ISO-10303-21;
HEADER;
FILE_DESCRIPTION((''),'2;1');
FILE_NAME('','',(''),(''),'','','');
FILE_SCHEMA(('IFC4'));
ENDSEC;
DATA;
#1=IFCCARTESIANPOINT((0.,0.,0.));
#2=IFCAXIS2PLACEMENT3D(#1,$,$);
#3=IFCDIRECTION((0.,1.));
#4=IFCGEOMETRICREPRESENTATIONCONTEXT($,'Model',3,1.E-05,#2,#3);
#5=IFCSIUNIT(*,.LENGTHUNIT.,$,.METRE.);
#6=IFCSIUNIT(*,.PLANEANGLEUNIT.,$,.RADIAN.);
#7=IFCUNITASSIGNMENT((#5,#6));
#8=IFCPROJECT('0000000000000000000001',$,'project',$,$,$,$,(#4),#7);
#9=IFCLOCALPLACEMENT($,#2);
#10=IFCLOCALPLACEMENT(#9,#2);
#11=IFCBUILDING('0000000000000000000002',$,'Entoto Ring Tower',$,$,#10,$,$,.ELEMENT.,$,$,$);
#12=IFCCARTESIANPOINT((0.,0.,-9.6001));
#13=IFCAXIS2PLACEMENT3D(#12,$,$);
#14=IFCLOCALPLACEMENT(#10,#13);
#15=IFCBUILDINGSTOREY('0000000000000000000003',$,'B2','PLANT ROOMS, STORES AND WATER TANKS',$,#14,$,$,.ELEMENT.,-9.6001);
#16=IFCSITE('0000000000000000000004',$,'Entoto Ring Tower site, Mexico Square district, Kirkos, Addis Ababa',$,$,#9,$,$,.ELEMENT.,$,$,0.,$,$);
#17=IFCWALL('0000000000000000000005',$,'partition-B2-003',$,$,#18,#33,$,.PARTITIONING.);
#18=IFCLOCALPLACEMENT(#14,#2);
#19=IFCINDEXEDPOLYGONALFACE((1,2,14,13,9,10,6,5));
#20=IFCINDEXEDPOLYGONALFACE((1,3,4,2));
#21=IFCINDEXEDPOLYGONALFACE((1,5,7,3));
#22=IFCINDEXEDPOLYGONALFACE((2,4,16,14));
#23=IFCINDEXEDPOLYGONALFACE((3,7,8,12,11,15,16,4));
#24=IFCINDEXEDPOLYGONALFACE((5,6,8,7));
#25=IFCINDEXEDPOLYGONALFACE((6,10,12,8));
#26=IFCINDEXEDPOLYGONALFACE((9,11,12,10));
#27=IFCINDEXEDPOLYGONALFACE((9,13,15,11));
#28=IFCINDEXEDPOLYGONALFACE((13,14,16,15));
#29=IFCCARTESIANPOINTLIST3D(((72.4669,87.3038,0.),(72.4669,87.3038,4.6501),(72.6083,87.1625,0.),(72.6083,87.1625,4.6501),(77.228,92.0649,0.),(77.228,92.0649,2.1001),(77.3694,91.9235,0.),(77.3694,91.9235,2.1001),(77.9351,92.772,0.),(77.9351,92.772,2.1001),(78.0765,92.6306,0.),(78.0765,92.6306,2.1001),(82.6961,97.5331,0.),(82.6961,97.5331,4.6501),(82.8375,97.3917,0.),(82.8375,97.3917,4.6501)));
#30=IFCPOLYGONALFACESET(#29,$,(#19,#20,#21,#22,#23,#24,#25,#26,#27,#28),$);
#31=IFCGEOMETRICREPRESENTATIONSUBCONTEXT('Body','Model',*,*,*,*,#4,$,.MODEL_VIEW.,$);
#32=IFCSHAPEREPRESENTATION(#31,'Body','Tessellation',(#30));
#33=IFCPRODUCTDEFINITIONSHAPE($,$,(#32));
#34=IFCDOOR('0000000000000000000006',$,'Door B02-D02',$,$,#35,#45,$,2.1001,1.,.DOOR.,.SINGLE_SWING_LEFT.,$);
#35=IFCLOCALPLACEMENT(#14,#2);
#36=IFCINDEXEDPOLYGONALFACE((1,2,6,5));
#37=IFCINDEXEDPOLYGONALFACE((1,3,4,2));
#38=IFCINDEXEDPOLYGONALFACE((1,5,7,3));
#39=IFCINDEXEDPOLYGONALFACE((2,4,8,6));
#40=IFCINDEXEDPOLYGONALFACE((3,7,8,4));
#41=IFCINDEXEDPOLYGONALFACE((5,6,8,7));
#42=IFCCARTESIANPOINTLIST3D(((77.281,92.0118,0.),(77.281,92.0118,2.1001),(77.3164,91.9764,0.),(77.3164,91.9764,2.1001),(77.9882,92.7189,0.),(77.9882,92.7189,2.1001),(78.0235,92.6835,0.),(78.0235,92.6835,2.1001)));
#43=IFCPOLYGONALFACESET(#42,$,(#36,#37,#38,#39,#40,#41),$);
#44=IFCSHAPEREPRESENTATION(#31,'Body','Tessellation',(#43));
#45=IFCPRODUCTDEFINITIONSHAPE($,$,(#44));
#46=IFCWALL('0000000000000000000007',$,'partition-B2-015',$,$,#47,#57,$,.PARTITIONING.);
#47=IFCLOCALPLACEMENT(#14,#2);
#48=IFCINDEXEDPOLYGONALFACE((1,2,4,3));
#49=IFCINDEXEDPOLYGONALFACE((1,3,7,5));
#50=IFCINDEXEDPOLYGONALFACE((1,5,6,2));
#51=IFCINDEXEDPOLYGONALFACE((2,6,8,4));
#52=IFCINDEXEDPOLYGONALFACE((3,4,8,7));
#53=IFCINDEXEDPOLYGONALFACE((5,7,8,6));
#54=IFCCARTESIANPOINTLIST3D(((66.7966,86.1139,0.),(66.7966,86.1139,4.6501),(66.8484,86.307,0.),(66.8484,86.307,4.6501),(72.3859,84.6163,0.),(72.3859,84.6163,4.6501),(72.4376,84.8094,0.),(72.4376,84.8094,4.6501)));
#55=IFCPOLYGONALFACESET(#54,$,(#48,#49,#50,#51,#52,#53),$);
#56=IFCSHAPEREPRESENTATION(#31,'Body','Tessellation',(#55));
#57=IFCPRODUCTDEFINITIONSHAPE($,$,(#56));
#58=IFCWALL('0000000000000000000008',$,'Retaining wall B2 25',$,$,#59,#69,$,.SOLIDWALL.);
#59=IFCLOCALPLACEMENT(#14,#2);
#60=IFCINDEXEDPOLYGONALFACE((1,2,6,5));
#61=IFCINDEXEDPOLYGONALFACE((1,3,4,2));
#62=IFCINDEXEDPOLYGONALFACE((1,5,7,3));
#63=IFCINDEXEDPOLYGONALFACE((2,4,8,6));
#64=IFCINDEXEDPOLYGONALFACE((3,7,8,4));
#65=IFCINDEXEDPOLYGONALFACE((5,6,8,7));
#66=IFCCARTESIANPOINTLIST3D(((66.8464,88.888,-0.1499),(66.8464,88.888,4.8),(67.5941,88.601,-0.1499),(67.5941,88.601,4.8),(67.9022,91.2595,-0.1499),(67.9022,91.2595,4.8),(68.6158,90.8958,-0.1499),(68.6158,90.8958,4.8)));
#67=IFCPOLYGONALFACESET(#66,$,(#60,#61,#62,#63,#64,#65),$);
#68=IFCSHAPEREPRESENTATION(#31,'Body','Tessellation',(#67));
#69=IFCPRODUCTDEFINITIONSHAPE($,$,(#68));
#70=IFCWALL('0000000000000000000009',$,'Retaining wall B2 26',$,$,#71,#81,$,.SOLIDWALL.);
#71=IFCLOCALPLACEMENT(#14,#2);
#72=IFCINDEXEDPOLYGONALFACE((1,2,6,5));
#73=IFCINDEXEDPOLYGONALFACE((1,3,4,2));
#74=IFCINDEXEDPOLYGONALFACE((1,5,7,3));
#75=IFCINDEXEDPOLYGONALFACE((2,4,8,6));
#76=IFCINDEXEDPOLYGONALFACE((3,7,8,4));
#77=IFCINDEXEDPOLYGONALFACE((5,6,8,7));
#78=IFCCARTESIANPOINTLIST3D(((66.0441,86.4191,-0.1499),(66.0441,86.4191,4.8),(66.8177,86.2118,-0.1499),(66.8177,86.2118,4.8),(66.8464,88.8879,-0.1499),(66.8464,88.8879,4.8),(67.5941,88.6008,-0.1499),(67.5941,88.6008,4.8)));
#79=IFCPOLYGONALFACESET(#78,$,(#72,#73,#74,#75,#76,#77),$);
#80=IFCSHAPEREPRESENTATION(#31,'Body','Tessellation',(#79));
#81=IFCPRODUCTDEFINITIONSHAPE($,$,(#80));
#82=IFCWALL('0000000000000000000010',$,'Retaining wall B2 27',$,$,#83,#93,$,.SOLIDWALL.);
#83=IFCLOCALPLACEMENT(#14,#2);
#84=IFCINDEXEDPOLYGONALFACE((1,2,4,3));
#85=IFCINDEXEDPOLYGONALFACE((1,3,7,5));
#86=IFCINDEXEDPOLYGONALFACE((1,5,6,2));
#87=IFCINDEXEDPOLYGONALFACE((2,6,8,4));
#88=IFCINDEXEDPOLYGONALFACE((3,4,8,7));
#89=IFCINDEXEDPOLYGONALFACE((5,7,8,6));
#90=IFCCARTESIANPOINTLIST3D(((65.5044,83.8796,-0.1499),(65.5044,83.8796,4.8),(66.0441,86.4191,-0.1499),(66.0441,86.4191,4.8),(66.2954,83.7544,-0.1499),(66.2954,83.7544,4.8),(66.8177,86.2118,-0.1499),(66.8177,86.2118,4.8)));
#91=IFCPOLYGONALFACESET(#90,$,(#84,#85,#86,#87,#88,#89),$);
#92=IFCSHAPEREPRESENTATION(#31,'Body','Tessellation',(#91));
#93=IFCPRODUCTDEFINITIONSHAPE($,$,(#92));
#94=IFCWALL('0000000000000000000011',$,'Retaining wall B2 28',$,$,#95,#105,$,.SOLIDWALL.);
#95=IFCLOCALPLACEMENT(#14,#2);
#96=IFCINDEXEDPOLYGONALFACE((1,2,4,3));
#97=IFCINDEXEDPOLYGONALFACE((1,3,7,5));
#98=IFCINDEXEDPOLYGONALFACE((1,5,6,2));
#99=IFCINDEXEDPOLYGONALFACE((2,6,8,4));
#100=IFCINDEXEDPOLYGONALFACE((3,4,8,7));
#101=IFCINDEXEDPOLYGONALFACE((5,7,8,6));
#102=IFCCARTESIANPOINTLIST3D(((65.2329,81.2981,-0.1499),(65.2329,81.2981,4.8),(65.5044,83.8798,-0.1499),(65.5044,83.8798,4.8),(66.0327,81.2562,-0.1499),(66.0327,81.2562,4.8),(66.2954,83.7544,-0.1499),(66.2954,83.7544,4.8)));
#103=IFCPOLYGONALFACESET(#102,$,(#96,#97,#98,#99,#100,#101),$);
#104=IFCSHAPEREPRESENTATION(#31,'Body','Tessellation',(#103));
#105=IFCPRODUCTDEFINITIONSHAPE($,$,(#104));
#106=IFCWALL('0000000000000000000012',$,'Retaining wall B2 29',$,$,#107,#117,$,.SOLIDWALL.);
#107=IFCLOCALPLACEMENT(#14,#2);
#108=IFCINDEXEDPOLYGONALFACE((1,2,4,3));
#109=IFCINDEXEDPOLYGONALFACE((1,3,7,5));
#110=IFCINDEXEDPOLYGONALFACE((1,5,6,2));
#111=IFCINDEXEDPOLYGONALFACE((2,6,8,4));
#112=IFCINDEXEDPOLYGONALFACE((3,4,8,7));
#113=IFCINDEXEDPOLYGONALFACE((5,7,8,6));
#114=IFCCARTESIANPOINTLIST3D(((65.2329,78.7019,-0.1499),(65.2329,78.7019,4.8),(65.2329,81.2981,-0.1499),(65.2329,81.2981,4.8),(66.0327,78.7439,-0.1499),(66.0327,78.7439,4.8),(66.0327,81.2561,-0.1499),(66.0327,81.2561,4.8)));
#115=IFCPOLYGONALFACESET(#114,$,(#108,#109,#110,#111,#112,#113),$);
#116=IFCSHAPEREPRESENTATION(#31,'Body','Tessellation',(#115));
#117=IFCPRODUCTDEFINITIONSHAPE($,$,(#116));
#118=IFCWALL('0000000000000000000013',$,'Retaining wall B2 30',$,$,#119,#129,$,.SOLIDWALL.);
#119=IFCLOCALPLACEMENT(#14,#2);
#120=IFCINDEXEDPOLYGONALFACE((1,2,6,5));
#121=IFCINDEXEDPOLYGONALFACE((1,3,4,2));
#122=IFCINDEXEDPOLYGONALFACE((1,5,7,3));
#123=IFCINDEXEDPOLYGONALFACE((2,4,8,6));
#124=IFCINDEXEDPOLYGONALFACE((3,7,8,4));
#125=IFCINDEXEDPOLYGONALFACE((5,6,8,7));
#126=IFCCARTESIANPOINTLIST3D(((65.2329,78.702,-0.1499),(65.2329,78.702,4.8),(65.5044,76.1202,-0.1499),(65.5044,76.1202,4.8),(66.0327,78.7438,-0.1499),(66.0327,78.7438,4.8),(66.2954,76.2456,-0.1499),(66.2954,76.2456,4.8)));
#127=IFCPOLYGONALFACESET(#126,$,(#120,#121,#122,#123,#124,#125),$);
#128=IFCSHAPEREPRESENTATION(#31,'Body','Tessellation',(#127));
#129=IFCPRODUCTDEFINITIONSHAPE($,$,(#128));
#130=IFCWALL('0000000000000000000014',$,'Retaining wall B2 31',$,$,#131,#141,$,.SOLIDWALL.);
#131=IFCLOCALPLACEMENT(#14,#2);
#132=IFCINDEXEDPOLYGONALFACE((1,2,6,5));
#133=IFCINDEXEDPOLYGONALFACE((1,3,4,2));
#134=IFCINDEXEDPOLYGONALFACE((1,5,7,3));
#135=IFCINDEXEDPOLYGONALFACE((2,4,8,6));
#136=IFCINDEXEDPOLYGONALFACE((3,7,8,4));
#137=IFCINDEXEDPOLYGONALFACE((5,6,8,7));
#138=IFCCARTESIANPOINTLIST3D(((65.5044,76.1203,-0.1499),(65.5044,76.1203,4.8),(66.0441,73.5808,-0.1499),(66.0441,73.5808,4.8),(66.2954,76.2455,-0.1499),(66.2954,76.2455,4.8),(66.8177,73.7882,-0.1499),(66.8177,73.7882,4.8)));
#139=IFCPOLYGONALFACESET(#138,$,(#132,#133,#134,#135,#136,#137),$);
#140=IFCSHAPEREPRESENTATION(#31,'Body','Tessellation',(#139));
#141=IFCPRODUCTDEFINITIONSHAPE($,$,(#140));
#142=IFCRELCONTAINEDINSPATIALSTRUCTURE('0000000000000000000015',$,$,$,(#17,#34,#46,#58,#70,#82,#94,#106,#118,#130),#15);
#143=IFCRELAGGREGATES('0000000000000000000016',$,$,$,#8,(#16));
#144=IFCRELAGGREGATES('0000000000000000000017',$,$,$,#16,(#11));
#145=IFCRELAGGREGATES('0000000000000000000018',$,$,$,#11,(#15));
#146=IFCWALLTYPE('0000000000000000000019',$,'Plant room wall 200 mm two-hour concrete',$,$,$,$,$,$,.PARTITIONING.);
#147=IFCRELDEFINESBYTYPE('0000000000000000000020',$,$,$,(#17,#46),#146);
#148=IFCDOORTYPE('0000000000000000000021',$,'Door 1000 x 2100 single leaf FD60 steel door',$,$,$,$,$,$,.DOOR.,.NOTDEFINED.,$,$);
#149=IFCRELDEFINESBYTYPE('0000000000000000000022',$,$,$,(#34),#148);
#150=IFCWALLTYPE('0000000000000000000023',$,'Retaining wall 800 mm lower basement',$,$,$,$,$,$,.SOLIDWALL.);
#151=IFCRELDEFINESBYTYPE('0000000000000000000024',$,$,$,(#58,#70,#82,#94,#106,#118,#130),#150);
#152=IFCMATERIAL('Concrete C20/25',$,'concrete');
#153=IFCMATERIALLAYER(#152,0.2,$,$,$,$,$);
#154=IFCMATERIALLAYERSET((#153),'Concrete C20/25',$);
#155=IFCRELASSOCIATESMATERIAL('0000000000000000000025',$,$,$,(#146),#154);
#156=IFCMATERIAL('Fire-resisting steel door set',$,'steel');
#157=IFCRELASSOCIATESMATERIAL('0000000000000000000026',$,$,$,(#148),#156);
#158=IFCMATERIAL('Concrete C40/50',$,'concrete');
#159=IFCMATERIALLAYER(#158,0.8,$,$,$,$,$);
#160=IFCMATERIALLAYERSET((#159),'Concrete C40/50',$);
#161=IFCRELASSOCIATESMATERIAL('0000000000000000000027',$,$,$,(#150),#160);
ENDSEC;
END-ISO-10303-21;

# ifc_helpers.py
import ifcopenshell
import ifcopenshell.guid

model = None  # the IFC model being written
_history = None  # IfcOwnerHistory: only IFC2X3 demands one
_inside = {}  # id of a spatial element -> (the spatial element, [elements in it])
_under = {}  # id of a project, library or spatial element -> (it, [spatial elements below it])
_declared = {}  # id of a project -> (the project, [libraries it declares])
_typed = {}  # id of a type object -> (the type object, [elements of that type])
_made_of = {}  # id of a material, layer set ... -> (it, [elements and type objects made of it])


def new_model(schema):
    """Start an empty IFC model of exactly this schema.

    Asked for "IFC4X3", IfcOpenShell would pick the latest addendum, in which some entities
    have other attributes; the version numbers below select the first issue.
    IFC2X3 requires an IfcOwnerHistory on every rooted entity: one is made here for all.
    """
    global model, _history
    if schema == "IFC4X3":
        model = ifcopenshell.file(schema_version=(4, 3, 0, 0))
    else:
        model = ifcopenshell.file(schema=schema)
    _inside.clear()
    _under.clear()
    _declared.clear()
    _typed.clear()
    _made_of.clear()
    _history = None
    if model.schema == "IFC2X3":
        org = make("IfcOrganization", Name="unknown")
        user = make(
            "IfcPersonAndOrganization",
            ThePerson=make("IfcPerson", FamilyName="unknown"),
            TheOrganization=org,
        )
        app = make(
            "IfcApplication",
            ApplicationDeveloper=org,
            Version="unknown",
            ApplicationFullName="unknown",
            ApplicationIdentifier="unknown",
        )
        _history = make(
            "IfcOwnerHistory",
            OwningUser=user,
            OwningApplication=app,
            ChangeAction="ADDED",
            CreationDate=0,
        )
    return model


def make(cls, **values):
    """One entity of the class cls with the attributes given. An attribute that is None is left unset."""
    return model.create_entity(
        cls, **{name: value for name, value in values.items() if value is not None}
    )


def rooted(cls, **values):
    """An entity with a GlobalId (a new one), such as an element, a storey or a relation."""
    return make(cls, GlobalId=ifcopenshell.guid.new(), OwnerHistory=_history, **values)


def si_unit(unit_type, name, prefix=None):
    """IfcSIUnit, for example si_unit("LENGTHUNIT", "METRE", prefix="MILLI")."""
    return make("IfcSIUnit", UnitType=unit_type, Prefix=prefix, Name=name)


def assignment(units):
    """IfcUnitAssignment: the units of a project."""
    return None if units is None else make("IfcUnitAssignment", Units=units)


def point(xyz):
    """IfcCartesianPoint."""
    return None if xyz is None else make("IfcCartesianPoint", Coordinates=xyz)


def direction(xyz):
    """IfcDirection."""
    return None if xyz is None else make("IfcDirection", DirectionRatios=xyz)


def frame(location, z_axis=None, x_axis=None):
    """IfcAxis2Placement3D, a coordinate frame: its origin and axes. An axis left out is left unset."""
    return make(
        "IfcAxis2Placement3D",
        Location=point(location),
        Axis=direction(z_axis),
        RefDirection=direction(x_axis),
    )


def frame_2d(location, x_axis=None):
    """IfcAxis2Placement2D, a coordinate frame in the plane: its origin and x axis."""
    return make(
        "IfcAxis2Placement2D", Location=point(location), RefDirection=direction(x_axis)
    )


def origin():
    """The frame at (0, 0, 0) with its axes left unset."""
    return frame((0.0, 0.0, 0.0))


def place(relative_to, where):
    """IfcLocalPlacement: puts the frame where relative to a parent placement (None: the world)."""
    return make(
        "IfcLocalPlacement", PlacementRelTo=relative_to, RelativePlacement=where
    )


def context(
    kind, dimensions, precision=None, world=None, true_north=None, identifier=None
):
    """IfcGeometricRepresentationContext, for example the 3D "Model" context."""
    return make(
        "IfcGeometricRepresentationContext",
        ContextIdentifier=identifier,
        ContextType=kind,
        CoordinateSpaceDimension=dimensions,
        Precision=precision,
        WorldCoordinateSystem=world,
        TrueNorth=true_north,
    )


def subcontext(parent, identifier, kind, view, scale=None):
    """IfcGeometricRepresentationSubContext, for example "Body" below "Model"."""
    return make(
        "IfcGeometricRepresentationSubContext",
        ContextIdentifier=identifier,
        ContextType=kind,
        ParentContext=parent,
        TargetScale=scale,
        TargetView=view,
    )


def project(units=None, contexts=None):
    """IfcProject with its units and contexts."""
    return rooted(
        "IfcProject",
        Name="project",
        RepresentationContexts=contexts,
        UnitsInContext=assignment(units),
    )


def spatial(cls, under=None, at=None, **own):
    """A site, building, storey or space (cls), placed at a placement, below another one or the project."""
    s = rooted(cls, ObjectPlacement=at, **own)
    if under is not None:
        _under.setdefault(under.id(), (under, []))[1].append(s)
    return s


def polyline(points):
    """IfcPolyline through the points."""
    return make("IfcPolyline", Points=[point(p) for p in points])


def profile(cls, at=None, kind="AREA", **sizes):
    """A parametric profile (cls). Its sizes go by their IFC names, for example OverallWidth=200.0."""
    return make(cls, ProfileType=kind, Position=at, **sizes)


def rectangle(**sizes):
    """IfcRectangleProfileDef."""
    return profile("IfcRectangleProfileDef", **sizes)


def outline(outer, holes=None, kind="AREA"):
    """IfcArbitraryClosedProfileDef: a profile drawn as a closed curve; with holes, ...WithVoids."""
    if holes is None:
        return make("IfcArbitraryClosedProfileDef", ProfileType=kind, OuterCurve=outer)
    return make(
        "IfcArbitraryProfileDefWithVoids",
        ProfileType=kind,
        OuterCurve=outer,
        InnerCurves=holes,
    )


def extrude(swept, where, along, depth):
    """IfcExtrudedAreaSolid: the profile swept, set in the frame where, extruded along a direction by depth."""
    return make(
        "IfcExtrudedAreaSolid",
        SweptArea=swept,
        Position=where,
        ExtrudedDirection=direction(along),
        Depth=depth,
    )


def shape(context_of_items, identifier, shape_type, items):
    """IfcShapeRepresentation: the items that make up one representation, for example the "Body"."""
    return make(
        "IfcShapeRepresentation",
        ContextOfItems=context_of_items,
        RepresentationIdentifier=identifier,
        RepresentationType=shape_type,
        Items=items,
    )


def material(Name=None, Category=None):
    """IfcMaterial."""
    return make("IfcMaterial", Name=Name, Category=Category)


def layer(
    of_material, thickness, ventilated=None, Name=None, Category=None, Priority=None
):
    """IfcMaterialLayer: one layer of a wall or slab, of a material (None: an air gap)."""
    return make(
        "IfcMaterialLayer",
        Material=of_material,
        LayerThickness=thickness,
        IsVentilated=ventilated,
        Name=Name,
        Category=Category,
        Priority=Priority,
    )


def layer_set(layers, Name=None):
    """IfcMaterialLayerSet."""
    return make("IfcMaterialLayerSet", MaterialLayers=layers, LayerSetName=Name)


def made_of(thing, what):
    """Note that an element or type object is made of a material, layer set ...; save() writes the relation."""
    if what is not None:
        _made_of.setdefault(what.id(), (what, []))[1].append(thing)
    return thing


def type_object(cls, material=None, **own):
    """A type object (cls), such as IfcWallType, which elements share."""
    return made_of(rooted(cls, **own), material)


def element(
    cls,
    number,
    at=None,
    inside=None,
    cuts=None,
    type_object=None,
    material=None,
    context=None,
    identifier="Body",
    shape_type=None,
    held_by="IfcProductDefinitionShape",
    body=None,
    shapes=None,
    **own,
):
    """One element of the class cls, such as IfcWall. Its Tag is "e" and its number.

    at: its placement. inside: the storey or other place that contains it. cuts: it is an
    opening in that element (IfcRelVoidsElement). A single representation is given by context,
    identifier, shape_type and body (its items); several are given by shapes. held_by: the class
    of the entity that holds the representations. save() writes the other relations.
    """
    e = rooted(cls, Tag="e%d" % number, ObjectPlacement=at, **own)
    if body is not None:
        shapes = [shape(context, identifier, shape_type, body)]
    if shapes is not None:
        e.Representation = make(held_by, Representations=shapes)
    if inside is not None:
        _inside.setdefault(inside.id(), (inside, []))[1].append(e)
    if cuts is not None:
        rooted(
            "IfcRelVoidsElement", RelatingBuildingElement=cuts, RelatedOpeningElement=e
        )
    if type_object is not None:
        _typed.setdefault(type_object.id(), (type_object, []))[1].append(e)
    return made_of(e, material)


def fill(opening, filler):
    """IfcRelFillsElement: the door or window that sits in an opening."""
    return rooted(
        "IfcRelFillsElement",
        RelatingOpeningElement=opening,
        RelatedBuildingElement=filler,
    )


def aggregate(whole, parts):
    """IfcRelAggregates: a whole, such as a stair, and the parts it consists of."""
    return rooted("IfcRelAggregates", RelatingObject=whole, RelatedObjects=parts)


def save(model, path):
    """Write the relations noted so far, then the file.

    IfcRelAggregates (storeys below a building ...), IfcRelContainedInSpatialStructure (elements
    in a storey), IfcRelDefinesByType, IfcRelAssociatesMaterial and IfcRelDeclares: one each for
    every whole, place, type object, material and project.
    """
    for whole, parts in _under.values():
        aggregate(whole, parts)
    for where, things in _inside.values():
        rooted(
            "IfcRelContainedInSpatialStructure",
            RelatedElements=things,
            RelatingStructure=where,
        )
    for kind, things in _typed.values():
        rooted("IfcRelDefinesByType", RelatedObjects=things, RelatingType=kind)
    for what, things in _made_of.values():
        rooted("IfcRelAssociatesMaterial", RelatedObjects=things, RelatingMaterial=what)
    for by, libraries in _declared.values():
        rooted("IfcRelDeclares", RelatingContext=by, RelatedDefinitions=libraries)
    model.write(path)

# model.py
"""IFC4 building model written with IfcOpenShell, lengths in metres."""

from ifc_helpers import new_model, si_unit, direction, frame, frame_2d, origin, place, context, subcontext, project, spatial, polyline, rectangle, outline, extrude, material, layer, layer_set, type_object, element, fill, save


model = new_model("IFC4")

# Units and contexts
model_context = context("Model", 3, precision=1e-05, world=origin(), true_north=direction((0.0, 1.0)))
body_context = subcontext(model_context, "Body", "Model", "MODEL_VIEW")
ifc_project = project(units=[si_unit("LENGTHUNIT", "METRE"), si_unit("PLANEANGLEUNIT", "RADIAN")], contexts=[model_context])

# Site, building, storey
site_placement = place(None, origin())
site = spatial("IfcSite", under=ifc_project, at=site_placement, Name="Entoto Ring Tower site, Mexico Square district, Kirkos, Addis Ababa", CompositionType="ELEMENT", RefElevation=0.0)
building_placement = place(site_placement, origin())
building = spatial("IfcBuilding", under=site, at=building_placement, Name="Entoto Ring Tower", CompositionType="ELEMENT")
storey_placement = place(building_placement, frame((0.0, 0.0, -9.6001)))
storey = spatial("IfcBuildingStorey", under=building, at=storey_placement, Name="B2", Description="PLANT ROOMS, STORES AND WATER TANKS", CompositionType="ELEMENT", Elevation=-9.6001)

# Wall, opening, door
ifc_material_1 = material(Name="Concrete C20/25", Category="concrete")
ifc_layer_1 = layer(ifc_material_1, 0.2)
ifc_layer_set_1 = layer_set([ifc_layer_1], Name="Concrete C20/25")
wall_type_1 = type_object("IfcWallType", Name="Plant room wall 200 mm two-hour concrete", PredefinedType="PARTITIONING", material=ifc_layer_set_1)
wall_1_placement = place(storey_placement, frame((72.5376, 87.2332, 0.0), z_axis=(0.0, 0.0, 1.0), x_axis=(0.707107, 0.707107, 0.0)))
wall_1 = element("IfcWall", 1, at=wall_1_placement, inside=storey, type_object=wall_type_1, Name="partition-B2-003", PredefinedType="PARTITIONING", context=body_context, shape_type="SweptSolid", body=[
    extrude(rectangle(XDim=14.4663, YDim=0.2, at=frame_2d((7.2332, 0.0))), origin(), (0.0, 0.0, 1.0), 4.6501),
])
opening_placement = place(wall_1_placement, frame((6.7332, 0.0, 0.0)))
opening = element("IfcOpeningElement", 2, at=opening_placement, cuts=wall_1, PredefinedType="OPENING", context=body_context, shape_type="SweptSolid", body=[
    extrude(rectangle(XDim=1.0, YDim=2.1001, at=frame_2d((0.5, 1.05))), frame((0.0, 0.1099, 0.0), z_axis=(0.0, -1.0, 0.0), x_axis=(1.0, 0.0, 0.0)), (0.0, 0.0, 1.0), 0.22),
])
ifc_material_2 = material(Name="Fire-resisting steel door set", Category="steel")
door_type = type_object("IfcDoorType", Name="Door 1000 x 2100 single leaf FD60 steel door", OperationType="NOTDEFINED", PredefinedType="DOOR", material=ifc_material_2)
door_placement = place(opening_placement, origin())
door = element("IfcDoor", 3, at=door_placement, inside=storey, type_object=door_type, Name="Door B02-D02", OperationType="SINGLE_SWING_LEFT", OverallHeight=2.1001, OverallWidth=1.0, PredefinedType="DOOR", context=body_context, shape_type="SweptSolid", body=[
    extrude(rectangle(XDim=1.0, YDim=2.1001, at=frame_2d((0.5, 1.05))), frame((0.0, 0.0249, 0.0), z_axis=(0.0, -1.0, 0.0), x_axis=(1.0, 0.0, 0.0)), (0.0, 0.0, 1.0), 0.05),
])
fill(opening, door)

# Walls
wall_2_placement = place(storey_placement, frame((72.4116, 84.7129, 0.0), z_axis=(0.0, 0.0, 1.0), x_axis=(-0.965928, 0.258813, 0.0)))
element("IfcWall", 4, at=wall_2_placement, inside=storey, type_object=wall_type_1, Name="partition-B2-015", PredefinedType="PARTITIONING", context=body_context, shape_type="SweptSolid", body=[
    extrude(rectangle(XDim=5.7864, YDim=0.2, at=frame_2d((2.8931, 0.0))), origin(), (0.0, 0.0, 1.0), 4.6501),
])
ifc_material_3 = material(Name="Concrete C40/50", Category="concrete")
ifc_layer_2 = layer(ifc_material_3, 0.8)
ifc_layer_set_2 = layer_set([ifc_layer_2], Name="Concrete C40/50")
wall_type_2 = type_object("IfcWallType", Name="Retaining wall 800 mm lower basement", PredefinedType="SOLIDWALL", material=ifc_layer_set_2)
for number, where, z_axis, x_axis, name in (
    (5, (68.259, 91.0776, -0.1499), (0.0, 0.0, 1.0), (-0.406733, -0.913547, 0.0), "Retaining wall B2 25"),
    (6, (67.2202, 88.7444, -0.1499), (0.0, 0.0, 1.0), (-0.309049, -0.951046, 0.0), "Retaining wall B2 26"),
):
    element("IfcWall", number, at=place(storey_placement, frame(where, z_axis=z_axis, x_axis=x_axis)), inside=storey, type_object=wall_type_2, Name=name, PredefinedType="SOLIDWALL", context=body_context, shape_type="SweptSolid", body=[
        extrude(outline(polyline([(-0.021, -0.3999), (2.575, -0.3999), (2.533, 0.3999), (0.021, 0.3999), (-0.021, -0.3999)])), origin(), (0.0, 0.0, 1.0), 4.95),
    ])
wall_3_placement = place(storey_placement, frame((66.4309, 86.3154, -0.1499), z_axis=(0.0, 0.0, 1.0), x_axis=(-0.207903, -0.978149, 0.0)))
element("IfcWall", 7, at=wall_3_placement, inside=storey, type_object=wall_type_2, Name="Retaining wall B2 27", PredefinedType="SOLIDWALL", context=body_context, shape_type="SweptSolid", body=[
    extrude(outline(polyline([(-0.021, -0.3999), (2.5752, -0.3999), (2.5332, 0.3999), (0.021, 0.3999), (-0.021, -0.3999)])), origin(), (0.0, 0.0, 1.0), 4.95),
])
wall_4_placement = place(storey_placement, frame((65.8999, 83.8171, -0.1499), z_axis=(0.0, 0.0, 1.0), x_axis=(-0.104575, -0.994517, 0.0)))
element("IfcWall", 8, at=wall_4_placement, inside=storey, type_object=wall_type_2, Name="Retaining wall B2 28", PredefinedType="SOLIDWALL", context=body_context, shape_type="SweptSolid", body=[
    extrude(outline(polyline([(-0.021, -0.3999), (2.575, -0.3999), (2.533, 0.3999), (0.021, 0.3999), (-0.021, -0.3999)])), origin(), (0.0, 0.0, 1.0), 4.95),
])
wall_5_placement = place(storey_placement, frame((65.6328, 81.2771, -0.1499), z_axis=(0.0, 0.0, 1.0), x_axis=(0.0, -1.0, 0.0)))
element("IfcWall", 9, at=wall_5_placement, inside=storey, type_object=wall_type_2, Name="Retaining wall B2 29", PredefinedType="SOLIDWALL", context=body_context, shape_type="SweptSolid", body=[
    extrude(outline(polyline([(-0.021, -0.3999), (2.5752, -0.3999), (2.5332, 0.3999), (0.021, 0.3999), (-0.021, -0.3999)])), origin(), (0.0, 0.0, 1.0), 4.95),
])
wall_6_placement = place(storey_placement, frame((65.6328, 78.7229, -0.1499), z_axis=(0.0, 0.0, 1.0), x_axis=(0.104575, -0.994517, 0.0)))
element("IfcWall", 10, at=wall_6_placement, inside=storey, type_object=wall_type_2, Name="Retaining wall B2 30", PredefinedType="SOLIDWALL", context=body_context, shape_type="SweptSolid", body=[
    extrude(outline(polyline([(-0.021, -0.3999), (2.575, -0.3999), (2.533, 0.3999), (0.021, 0.3999), (-0.021, -0.3999)])), origin(), (0.0, 0.0, 1.0), 4.95),
])
wall_7_placement = place(storey_placement, frame((65.8999, 76.1829, -0.1499), z_axis=(0.0, 0.0, 1.0), x_axis=(0.207903, -0.978149, 0.0)))
element("IfcWall", 11, at=wall_7_placement, inside=storey, type_object=wall_type_2, Name="Retaining wall B2 31", PredefinedType="SOLIDWALL", context=body_context, shape_type="SweptSolid", body=[
    extrude(outline(polyline([(-0.021, -0.3999), (2.5752, -0.3999), (2.5332, 0.3999), (0.021, 0.3999), (-0.021, -0.3999)])), origin(), (0.0, 0.0, 1.0), 4.95),
])

save(model, "model.ifc")
